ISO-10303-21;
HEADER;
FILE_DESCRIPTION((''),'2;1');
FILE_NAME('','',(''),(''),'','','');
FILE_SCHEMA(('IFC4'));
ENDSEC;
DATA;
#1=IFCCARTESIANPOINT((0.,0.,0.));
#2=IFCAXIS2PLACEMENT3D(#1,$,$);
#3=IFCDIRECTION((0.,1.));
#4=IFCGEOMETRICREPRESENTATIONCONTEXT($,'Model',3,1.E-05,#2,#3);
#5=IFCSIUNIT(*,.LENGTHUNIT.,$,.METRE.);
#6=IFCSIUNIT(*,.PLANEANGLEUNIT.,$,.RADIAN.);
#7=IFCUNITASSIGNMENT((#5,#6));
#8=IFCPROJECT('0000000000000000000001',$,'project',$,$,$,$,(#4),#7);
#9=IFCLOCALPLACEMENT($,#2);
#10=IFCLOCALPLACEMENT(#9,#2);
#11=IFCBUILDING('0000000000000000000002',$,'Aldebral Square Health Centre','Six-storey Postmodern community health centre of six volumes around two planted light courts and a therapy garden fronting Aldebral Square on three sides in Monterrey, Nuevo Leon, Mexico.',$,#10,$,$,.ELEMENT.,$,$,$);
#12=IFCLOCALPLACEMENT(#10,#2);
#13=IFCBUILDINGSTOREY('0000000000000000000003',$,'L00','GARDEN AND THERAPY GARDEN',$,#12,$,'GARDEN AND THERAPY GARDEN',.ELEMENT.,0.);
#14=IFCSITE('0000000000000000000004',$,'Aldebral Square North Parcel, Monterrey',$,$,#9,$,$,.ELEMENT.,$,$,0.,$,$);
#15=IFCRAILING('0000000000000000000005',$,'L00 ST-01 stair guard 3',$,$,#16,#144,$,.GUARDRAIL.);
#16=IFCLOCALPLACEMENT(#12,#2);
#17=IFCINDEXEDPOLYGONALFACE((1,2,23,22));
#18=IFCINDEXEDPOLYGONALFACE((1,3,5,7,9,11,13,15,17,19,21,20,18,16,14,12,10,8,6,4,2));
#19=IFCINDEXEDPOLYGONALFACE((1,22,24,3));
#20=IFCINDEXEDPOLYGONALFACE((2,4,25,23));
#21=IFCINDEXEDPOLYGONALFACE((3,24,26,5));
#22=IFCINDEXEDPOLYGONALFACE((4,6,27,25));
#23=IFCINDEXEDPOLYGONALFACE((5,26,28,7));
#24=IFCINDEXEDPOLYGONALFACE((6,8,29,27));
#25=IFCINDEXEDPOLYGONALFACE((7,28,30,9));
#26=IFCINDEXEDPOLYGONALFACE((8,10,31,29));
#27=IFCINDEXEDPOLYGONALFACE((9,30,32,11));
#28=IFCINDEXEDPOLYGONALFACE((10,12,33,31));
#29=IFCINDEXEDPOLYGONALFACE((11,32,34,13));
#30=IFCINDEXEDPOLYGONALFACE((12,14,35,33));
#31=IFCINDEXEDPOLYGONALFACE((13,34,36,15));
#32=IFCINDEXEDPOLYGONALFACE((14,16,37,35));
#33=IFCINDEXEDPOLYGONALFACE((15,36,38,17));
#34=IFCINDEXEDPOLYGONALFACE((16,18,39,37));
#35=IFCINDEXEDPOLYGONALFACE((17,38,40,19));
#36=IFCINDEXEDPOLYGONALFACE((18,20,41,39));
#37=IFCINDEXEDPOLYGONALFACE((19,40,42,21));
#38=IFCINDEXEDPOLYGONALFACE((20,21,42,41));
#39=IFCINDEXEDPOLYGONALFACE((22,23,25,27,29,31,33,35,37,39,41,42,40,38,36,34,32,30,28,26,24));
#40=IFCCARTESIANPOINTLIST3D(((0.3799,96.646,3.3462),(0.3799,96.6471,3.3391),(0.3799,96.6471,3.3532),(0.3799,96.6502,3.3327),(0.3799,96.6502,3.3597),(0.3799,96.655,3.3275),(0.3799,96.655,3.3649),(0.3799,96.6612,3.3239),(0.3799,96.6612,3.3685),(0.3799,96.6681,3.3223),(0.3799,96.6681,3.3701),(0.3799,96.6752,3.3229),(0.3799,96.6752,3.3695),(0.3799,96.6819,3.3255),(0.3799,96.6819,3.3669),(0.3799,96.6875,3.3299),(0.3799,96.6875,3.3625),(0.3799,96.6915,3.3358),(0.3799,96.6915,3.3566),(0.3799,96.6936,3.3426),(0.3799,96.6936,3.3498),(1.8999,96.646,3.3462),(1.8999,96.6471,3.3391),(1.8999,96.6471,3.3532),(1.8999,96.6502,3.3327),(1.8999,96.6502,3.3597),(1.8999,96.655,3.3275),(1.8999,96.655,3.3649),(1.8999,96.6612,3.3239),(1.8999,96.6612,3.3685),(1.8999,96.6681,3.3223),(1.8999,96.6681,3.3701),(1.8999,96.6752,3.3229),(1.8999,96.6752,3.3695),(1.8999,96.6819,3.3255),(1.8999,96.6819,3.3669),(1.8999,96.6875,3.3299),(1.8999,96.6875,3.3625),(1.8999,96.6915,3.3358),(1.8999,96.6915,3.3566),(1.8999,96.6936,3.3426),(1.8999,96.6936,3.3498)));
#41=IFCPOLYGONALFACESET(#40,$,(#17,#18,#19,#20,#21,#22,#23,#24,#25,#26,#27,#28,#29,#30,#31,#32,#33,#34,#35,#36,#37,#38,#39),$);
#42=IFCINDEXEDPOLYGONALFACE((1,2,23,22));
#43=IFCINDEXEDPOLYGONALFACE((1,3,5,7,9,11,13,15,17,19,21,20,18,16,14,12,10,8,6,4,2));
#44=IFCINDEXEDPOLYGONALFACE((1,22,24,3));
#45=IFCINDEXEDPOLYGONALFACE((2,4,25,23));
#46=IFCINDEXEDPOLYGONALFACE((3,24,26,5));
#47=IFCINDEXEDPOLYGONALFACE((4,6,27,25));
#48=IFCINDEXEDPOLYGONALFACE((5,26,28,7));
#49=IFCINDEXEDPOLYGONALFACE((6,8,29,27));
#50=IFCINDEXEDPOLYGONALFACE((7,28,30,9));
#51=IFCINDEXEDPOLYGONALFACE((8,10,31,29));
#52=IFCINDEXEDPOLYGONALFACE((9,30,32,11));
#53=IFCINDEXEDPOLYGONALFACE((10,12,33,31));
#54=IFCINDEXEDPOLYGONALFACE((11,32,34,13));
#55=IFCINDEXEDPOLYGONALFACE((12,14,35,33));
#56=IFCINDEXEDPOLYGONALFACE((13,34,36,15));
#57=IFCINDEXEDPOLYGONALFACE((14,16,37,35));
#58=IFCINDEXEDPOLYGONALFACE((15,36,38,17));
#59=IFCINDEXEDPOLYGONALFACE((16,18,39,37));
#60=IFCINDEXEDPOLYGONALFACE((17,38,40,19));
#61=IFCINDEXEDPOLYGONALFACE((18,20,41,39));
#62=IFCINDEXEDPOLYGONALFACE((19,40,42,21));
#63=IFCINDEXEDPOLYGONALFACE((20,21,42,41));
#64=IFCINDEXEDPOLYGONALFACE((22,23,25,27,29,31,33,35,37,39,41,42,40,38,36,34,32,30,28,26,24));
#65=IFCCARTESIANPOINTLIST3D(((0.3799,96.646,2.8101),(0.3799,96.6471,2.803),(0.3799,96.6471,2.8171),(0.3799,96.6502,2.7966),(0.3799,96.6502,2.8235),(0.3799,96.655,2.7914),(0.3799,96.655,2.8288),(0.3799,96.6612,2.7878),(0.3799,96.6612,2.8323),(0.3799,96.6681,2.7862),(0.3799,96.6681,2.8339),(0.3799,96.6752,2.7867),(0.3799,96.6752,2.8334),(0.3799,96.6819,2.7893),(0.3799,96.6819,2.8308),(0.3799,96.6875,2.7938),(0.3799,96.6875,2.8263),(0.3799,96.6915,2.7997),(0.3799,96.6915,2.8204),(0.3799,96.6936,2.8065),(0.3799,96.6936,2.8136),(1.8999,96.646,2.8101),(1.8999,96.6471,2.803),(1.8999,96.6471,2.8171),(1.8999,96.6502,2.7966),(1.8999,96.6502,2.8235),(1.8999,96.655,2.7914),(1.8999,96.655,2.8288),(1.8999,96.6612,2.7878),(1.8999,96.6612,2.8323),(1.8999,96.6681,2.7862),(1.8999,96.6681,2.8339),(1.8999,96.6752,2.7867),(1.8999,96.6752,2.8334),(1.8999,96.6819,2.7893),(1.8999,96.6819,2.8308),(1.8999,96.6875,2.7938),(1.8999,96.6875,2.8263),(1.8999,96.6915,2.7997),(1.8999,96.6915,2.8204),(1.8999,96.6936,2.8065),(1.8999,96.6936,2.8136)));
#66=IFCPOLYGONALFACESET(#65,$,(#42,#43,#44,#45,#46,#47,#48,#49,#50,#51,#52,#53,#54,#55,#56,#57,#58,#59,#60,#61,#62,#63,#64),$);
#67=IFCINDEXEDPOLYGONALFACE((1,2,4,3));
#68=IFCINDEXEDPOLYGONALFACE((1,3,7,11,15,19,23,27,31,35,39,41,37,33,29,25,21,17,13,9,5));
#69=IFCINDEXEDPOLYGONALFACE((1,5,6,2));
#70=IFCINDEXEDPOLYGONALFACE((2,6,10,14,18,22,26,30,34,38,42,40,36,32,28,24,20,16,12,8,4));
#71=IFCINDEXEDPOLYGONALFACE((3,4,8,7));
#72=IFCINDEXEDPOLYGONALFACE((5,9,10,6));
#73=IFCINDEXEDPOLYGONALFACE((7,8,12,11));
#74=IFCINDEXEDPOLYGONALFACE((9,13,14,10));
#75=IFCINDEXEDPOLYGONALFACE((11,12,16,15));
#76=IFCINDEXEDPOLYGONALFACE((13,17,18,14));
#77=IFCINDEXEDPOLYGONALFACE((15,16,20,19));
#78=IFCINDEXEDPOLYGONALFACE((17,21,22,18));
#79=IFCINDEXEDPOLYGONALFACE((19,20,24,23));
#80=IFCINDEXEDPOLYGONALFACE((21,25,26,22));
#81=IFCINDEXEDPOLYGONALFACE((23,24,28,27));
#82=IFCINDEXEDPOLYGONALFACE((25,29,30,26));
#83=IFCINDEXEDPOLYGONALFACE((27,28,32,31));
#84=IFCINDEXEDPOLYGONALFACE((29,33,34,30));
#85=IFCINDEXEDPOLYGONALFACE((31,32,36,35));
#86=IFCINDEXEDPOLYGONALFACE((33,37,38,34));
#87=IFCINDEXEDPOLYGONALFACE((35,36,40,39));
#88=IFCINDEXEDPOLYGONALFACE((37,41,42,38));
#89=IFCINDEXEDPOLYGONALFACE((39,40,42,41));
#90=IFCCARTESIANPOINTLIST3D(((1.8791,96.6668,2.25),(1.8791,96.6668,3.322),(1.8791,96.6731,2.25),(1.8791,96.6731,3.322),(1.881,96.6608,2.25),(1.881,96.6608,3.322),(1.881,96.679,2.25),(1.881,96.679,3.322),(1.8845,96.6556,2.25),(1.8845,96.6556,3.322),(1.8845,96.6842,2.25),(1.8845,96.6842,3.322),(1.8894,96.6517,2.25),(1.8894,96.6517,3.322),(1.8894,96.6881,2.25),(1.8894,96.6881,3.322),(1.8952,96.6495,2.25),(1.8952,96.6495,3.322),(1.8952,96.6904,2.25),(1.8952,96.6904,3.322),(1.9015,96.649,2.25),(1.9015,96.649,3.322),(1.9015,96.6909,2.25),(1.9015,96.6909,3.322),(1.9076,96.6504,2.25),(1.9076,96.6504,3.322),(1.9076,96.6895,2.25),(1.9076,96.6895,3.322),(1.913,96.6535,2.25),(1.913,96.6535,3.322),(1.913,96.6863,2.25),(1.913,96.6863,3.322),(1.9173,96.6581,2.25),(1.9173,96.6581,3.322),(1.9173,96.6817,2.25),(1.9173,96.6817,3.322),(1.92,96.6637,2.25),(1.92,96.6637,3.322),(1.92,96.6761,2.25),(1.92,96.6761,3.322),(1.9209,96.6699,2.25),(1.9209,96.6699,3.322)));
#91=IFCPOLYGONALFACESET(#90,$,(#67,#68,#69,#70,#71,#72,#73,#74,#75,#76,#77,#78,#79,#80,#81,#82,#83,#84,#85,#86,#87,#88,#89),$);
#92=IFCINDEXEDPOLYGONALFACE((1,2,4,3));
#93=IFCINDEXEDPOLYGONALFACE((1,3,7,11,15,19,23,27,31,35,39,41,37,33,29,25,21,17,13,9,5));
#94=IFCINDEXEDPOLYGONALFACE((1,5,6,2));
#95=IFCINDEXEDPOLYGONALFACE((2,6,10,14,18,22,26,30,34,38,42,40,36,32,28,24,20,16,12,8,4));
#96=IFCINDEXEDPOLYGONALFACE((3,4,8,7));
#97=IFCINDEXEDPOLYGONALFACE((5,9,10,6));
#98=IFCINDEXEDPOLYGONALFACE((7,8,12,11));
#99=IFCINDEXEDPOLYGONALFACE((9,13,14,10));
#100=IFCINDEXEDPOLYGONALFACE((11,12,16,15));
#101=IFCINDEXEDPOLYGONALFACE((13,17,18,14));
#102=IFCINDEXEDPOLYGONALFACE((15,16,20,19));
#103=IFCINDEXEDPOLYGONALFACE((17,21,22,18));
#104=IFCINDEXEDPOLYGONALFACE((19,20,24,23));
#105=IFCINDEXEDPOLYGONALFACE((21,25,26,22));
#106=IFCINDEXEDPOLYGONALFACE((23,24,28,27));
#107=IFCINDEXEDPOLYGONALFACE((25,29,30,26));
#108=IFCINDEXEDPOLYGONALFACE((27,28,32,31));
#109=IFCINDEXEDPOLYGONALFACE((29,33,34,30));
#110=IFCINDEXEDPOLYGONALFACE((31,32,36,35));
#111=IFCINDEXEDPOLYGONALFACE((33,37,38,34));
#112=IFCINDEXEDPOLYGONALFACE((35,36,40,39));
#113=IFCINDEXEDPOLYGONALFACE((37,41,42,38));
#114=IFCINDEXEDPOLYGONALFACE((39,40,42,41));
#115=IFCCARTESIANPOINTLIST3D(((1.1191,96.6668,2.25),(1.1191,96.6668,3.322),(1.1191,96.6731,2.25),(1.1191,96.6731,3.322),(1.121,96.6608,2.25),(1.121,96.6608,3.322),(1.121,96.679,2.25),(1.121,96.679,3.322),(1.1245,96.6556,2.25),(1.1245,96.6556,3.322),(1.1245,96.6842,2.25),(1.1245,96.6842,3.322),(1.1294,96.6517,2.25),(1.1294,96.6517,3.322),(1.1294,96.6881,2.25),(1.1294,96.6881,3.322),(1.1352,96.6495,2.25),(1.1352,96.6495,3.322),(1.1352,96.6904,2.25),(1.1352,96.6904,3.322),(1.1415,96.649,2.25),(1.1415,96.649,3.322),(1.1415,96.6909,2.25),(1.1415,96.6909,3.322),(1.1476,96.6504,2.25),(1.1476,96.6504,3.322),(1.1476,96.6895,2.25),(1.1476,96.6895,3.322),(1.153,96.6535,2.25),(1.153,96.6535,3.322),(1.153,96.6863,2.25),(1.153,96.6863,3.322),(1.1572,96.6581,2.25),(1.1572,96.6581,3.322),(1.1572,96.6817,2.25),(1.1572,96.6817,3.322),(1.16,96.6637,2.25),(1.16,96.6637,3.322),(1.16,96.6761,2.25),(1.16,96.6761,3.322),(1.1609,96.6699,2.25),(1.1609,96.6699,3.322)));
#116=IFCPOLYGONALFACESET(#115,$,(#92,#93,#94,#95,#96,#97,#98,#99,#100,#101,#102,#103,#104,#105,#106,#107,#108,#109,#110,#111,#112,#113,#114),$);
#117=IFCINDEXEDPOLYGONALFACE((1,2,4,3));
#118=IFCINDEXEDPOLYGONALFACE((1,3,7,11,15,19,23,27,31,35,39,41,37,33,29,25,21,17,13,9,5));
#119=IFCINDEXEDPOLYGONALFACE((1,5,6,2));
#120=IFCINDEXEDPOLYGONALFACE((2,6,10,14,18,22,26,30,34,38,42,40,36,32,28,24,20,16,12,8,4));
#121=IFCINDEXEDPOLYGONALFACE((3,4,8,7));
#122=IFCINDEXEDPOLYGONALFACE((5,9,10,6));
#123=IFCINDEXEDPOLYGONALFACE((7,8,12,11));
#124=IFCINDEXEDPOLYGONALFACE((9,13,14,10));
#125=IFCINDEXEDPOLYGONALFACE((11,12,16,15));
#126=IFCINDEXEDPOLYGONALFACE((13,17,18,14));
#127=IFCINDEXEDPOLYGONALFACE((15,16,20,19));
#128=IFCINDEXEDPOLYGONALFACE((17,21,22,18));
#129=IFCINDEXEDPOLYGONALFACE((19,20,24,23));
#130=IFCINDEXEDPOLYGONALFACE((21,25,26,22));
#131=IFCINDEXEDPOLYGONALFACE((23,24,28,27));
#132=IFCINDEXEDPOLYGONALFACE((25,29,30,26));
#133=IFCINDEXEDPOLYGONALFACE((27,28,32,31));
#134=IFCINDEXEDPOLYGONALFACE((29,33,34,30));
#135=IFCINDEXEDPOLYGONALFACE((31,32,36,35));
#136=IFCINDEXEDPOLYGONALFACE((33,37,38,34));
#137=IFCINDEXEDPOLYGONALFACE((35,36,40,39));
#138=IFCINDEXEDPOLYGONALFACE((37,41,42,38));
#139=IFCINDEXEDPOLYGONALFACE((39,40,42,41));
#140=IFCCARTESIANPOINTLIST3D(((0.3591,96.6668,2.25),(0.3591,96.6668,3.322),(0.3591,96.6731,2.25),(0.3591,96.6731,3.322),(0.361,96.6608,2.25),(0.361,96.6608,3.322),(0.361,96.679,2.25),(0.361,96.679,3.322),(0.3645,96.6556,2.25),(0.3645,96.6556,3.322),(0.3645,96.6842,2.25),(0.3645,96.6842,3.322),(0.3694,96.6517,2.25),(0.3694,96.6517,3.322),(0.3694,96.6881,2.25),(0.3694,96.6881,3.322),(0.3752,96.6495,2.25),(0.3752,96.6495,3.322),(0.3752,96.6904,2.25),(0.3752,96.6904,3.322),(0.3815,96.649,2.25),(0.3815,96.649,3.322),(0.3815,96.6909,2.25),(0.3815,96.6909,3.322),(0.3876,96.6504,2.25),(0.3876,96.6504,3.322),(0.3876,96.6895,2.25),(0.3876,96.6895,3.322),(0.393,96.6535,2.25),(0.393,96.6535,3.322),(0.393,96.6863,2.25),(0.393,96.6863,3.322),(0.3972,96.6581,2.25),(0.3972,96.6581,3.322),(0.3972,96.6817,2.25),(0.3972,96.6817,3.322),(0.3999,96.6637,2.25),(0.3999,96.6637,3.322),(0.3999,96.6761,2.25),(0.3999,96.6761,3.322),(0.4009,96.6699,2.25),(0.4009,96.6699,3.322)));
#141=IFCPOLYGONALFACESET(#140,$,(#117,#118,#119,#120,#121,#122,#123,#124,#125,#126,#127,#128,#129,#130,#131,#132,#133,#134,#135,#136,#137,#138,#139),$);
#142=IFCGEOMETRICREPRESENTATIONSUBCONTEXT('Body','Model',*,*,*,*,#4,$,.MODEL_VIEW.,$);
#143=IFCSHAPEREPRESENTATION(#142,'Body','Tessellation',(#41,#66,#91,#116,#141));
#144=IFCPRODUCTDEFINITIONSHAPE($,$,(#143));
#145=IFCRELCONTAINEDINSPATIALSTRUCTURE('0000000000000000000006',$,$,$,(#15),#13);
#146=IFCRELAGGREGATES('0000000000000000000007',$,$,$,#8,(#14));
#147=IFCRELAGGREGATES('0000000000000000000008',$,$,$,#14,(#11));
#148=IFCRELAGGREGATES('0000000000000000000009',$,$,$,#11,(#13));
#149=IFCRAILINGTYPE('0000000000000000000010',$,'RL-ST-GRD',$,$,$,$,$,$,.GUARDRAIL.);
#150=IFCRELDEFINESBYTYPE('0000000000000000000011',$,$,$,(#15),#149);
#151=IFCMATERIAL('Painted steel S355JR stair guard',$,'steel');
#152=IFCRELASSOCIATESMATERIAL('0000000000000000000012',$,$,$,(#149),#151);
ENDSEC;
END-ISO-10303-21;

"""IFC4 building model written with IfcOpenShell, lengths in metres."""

from ifc_helpers import new_model, si_unit, direction, frame, origin, origin_2d, place, context, subcontext, project, spatial, circle, extrude, material, type_object, element, save


model = new_model("IFC4")

# Units and contexts
model_context = context("Model", 3, precision=1e-05, world=origin(), true_north=direction((0.0, 1.0)))
body_context = subcontext(model_context, "Body", "Model", "MODEL_VIEW")
ifc_project = project(units=[si_unit("LENGTHUNIT", "METRE"), si_unit("PLANEANGLEUNIT", "RADIAN")], contexts=[model_context])

# Site, building, storey
site_placement = place(None, origin())
site = spatial("IfcSite", under=ifc_project, at=site_placement, Name="Aldebral Square North Parcel, Monterrey", CompositionType="ELEMENT", RefElevation=0.0)
building_placement = place(site_placement, origin())
building = spatial("IfcBuilding", under=site, at=building_placement, Name="Aldebral Square Health Centre", Description="Six-storey Postmodern community health centre of six volumes around two planted light courts and a therapy garden fronting Aldebral Square on three sides in Monterrey, Nuevo Leon, Mexico.", CompositionType="ELEMENT")
storey_placement = place(building_placement, origin())
storey = spatial("IfcBuildingStorey", under=building, at=storey_placement, Name="L00", Description="GARDEN AND THERAPY GARDEN", LongName="GARDEN AND THERAPY GARDEN", CompositionType="ELEMENT", Elevation=0.0)

# Railing
ifc_material_1 = material(Name="Painted steel S355JR stair guard", Category="steel")
railing_type_1 = type_object("IfcRailingType", Name="RL-ST-GRD", PredefinedType="GUARDRAIL", material=ifc_material_1)
for number, where, name in (
    (1, (1.8999, 96.6699, 2.25), "L00 ST-01 stair guard 3"),
):
    element("IfcRailing", number, at=place(storey_placement, frame(where)), inside=storey, type_object=railing_type_1, Name=name, PredefinedType="GUARDRAIL", context=body_context, shape_type="SweptSolid", body=[
        extrude(circle(Radius=0.0239, at=origin_2d()), frame((0.0, 0.0, 1.0962), z_axis=(-1.0, 0.0, 0.0), x_axis=(0.0, -1.0, 0.0)), (0.0, 0.0, 1.0), 1.52),
        extrude(circle(Radius=0.0239, at=origin_2d()), frame((0.0, 0.0, 0.5601), z_axis=(-1.0, 0.0, 0.0), x_axis=(0.0, -1.0, 0.0)), (0.0, 0.0, 1.0), 1.52),
        extrude(circle(Radius=0.021, at=origin_2d()), origin(), (0.0, 0.0, 1.0), 1.072),
        extrude(circle(Radius=0.021, at=origin_2d()), frame((-0.76, 0.0, 0.0)), (0.0, 0.0, 1.0), 1.072),
        extrude(circle(Radius=0.021, at=origin_2d()), frame((-1.52, 0.0, 0.0)), (0.0, 0.0, 1.0), 1.072),
    ])

save(model, "model.ifc")
